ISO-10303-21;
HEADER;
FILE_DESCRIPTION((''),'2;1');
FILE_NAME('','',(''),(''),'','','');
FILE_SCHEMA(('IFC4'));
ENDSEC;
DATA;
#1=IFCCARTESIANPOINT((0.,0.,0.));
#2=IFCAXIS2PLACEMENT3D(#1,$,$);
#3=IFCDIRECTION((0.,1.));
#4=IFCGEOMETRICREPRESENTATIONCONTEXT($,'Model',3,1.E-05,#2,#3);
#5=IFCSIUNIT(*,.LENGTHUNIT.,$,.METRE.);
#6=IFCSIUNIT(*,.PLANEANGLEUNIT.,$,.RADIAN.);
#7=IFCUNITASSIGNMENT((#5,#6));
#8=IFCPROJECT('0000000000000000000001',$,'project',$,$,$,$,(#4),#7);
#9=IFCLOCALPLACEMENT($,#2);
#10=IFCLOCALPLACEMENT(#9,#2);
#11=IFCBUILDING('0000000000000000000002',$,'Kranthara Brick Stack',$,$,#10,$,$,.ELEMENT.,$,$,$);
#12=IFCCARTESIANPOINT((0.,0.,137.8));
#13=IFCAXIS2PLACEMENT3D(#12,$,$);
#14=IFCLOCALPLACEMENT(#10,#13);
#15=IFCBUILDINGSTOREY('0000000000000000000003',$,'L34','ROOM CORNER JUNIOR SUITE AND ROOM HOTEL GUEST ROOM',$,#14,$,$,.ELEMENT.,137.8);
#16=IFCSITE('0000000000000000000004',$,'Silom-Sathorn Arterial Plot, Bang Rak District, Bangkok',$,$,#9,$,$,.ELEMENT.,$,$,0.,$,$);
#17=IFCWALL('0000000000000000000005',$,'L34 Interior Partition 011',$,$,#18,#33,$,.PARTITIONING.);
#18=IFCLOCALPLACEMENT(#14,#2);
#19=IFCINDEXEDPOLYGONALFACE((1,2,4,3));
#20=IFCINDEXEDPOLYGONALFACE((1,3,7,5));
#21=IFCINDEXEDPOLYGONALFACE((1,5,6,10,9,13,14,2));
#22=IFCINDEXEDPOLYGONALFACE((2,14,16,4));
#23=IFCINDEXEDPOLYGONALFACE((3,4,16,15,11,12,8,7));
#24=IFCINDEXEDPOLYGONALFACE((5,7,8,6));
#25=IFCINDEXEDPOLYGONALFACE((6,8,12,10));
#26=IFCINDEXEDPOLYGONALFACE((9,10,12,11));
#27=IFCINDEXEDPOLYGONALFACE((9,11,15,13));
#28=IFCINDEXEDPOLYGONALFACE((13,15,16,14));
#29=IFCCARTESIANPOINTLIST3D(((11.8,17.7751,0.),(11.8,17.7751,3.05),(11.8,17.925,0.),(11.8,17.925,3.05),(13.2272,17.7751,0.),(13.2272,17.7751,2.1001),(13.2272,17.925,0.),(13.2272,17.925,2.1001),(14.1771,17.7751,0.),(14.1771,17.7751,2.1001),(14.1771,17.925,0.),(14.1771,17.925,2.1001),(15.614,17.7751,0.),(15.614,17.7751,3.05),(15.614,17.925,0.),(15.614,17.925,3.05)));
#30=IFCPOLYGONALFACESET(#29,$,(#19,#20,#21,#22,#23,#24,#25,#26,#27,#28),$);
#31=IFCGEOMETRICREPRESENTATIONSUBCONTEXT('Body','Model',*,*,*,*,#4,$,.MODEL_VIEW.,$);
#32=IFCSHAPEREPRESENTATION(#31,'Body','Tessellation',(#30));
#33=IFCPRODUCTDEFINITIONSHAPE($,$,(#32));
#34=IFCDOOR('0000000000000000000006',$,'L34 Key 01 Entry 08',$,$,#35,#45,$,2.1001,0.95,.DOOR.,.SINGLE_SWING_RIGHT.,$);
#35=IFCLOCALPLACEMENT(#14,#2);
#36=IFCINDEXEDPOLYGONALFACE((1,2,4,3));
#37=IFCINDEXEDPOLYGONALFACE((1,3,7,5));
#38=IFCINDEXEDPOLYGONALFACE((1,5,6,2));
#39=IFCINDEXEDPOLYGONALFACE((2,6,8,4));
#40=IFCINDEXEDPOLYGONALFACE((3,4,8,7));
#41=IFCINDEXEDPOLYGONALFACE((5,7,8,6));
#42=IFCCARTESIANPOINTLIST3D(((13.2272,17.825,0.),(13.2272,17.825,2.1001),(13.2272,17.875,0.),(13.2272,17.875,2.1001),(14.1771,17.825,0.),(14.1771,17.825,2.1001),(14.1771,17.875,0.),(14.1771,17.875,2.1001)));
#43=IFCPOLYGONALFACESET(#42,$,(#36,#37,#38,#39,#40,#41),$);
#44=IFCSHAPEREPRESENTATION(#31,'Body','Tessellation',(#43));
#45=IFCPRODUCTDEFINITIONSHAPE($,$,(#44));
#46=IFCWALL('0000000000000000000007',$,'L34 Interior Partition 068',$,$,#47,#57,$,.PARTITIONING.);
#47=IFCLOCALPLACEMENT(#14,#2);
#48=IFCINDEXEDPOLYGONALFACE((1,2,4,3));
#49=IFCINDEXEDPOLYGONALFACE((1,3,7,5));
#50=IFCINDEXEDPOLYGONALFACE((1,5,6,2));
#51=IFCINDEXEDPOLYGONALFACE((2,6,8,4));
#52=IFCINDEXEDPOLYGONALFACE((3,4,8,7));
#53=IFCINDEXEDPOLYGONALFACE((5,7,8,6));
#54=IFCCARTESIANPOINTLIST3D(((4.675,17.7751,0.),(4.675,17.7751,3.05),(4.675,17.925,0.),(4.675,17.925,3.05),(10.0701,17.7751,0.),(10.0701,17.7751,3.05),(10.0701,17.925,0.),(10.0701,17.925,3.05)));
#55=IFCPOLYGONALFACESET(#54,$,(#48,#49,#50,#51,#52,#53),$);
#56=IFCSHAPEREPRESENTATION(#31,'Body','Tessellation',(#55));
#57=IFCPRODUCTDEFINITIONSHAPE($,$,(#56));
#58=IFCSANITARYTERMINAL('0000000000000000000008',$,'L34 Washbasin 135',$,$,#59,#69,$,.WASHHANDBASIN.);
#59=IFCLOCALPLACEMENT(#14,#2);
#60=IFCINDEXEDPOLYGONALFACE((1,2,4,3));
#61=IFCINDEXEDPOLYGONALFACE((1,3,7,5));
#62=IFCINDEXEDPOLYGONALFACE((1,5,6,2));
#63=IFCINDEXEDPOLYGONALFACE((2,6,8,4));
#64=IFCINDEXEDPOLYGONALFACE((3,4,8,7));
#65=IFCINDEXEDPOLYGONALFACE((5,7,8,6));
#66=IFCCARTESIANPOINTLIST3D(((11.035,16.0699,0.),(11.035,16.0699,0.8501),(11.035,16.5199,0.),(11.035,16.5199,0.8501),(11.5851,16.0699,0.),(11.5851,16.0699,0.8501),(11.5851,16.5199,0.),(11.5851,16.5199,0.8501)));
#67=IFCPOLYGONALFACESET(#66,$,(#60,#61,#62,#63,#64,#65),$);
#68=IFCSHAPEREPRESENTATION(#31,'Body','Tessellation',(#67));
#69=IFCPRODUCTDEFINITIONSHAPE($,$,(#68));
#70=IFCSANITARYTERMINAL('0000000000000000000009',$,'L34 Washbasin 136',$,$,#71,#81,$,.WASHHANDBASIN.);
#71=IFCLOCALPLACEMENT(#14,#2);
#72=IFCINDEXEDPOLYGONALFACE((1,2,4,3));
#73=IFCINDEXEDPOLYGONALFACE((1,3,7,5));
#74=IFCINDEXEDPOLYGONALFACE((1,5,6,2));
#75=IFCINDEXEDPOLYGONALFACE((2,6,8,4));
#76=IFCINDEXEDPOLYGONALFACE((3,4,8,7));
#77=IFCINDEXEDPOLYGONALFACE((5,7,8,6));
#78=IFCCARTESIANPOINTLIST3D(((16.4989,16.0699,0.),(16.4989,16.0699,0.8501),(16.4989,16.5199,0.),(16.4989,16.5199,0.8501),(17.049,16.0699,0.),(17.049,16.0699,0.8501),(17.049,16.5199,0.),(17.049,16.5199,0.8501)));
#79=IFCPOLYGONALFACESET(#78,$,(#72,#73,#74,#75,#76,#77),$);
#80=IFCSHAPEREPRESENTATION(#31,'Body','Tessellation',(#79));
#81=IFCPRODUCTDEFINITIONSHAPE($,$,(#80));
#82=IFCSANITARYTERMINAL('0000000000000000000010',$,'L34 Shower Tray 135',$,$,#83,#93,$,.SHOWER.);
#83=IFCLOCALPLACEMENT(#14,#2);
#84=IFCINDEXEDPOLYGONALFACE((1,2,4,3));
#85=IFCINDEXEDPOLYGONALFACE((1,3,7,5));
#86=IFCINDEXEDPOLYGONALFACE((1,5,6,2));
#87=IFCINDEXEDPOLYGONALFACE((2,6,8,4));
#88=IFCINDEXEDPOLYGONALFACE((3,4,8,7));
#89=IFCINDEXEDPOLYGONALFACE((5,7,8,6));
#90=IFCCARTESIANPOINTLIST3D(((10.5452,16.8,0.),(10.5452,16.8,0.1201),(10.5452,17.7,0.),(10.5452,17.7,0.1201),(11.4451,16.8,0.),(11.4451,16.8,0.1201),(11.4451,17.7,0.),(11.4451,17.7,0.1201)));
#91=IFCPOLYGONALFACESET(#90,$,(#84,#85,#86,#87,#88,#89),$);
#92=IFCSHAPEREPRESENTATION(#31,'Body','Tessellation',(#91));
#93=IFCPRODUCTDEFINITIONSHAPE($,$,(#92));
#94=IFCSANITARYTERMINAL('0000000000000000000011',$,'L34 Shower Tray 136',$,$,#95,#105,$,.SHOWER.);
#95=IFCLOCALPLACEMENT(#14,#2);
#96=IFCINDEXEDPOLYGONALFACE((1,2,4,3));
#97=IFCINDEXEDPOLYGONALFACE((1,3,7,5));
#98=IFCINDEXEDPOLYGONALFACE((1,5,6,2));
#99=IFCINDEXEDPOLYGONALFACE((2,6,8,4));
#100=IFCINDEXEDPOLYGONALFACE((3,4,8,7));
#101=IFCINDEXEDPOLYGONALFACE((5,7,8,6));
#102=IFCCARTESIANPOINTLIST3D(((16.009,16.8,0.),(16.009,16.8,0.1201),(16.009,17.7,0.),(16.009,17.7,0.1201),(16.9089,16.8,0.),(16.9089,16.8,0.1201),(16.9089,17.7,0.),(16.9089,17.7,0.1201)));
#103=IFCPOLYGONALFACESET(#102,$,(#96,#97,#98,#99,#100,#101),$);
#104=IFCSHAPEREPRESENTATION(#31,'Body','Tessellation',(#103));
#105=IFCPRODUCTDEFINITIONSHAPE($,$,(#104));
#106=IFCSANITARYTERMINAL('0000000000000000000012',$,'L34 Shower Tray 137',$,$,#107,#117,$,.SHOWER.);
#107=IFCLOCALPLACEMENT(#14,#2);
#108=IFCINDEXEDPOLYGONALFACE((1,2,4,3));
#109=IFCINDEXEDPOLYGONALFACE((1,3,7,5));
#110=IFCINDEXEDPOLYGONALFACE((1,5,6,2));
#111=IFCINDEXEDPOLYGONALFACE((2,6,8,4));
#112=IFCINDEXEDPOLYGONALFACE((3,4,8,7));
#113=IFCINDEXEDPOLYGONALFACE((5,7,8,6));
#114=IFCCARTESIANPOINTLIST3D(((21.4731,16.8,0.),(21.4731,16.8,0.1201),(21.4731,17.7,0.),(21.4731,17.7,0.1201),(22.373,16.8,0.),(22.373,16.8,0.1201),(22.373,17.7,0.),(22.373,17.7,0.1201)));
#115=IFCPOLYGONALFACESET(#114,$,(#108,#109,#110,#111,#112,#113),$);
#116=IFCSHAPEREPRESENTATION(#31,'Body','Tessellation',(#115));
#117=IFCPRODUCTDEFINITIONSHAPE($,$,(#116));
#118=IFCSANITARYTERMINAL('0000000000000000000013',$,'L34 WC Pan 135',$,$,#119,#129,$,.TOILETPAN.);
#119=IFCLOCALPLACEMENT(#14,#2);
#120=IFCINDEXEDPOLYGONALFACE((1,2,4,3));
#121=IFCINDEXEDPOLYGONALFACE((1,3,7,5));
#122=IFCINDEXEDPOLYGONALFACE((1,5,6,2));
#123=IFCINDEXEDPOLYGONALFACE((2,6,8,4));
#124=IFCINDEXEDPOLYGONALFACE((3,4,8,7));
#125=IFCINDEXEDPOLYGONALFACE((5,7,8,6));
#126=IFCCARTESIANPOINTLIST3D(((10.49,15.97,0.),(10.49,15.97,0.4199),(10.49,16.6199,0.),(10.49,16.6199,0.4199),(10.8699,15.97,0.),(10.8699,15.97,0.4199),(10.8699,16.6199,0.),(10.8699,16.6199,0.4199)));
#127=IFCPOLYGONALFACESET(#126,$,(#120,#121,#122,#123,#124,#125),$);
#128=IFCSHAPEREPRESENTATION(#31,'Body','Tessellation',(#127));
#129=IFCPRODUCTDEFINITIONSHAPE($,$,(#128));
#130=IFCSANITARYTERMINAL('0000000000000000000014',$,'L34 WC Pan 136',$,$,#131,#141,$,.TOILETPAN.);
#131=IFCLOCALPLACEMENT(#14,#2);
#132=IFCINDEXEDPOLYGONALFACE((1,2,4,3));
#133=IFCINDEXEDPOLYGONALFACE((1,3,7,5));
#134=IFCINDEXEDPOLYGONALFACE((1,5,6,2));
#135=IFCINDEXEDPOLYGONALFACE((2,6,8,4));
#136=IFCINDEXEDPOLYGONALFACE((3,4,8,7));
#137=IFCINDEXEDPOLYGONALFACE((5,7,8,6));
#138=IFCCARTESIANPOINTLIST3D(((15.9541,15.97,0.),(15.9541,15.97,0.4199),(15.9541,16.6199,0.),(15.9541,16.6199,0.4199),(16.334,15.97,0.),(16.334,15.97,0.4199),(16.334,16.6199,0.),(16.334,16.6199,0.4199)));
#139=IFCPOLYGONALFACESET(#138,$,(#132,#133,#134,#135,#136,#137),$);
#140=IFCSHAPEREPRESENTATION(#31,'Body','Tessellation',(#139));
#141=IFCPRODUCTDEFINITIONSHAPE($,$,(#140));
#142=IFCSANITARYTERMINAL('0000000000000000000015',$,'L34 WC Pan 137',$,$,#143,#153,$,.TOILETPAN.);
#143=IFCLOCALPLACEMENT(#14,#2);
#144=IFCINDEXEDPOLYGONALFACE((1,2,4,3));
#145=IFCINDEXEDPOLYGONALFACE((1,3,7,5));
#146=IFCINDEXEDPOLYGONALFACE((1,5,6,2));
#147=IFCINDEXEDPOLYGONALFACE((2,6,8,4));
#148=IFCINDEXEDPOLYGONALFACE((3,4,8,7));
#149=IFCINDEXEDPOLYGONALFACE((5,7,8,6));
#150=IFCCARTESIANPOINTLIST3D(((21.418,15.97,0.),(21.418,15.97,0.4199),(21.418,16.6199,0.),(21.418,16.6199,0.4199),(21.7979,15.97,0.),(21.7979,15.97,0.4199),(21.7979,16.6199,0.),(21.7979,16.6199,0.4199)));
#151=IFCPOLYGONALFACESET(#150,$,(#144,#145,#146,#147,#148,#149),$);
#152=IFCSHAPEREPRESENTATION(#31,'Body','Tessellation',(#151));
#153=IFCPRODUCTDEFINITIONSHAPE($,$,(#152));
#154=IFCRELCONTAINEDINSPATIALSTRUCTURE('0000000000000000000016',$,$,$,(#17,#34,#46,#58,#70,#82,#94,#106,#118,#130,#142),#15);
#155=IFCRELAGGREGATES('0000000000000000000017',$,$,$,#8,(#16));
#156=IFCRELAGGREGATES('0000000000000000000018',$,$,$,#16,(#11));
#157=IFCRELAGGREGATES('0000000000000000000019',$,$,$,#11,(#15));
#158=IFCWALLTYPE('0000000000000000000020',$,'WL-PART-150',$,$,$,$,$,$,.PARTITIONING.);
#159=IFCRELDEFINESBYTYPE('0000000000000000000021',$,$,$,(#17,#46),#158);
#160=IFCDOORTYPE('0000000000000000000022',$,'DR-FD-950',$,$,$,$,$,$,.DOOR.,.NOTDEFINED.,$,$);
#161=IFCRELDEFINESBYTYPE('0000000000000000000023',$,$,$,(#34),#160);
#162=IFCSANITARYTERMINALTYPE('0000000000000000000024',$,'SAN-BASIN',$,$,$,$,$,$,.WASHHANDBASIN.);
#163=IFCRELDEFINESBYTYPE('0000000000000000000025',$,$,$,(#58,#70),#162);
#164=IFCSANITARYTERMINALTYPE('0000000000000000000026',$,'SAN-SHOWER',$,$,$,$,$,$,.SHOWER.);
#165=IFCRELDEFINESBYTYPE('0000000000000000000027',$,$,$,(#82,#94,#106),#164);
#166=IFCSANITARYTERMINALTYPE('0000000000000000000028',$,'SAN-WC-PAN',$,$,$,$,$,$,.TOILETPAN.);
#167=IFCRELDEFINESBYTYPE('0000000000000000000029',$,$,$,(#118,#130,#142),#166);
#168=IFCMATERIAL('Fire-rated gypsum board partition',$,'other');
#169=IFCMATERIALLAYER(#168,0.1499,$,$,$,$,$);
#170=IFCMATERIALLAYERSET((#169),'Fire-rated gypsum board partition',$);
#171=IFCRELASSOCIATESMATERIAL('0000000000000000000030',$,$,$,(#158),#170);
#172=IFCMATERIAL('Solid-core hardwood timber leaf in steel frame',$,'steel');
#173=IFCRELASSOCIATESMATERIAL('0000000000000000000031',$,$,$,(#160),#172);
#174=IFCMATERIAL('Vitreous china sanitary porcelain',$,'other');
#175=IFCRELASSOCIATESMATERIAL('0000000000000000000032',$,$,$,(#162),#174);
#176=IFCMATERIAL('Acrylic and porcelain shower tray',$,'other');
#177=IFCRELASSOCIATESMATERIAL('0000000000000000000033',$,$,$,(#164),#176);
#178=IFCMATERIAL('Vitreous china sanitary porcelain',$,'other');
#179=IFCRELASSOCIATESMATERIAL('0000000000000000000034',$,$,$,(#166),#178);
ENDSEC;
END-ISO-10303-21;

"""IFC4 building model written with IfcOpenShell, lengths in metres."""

from ifc_helpers import new_model, si_unit, direction, frame, frame_2d, origin, origin_2d, place, context, subcontext, project, spatial, rectangle, extrude, material, layer, layer_set, type_object, element, fill, save


model = new_model("IFC4")

# Units and contexts
model_context = context("Model", 3, precision=1e-05, world=origin(), true_north=direction((0.0, 1.0)))
body_context = subcontext(model_context, "Body", "Model", "MODEL_VIEW")
ifc_project = project(units=[si_unit("LENGTHUNIT", "METRE"), si_unit("PLANEANGLEUNIT", "RADIAN")], contexts=[model_context])

# Site, building, storey
site_placement = place(None, origin())
site = spatial("IfcSite", under=ifc_project, at=site_placement, Name="Silom-Sathorn Arterial Plot, Bang Rak District, Bangkok", CompositionType="ELEMENT", RefElevation=0.0)
building_placement = place(site_placement, origin())
building = spatial("IfcBuilding", under=site, at=building_placement, Name="Kranthara Brick Stack", CompositionType="ELEMENT")
storey_placement = place(building_placement, frame((0.0, 0.0, 137.8)))
storey = spatial("IfcBuildingStorey", under=building, at=storey_placement, Name="L34", Description="ROOM CORNER JUNIOR SUITE AND ROOM HOTEL GUEST ROOM", CompositionType="ELEMENT", Elevation=137.8)

# Shared definitions
ifc_material_1 = material(Name="Fire-rated gypsum board partition", Category="other")
ifc_layer_1 = layer(ifc_material_1, 0.1499)
ifc_layer_set_1 = layer_set([ifc_layer_1], Name="Fire-rated gypsum board partition")
wall_type_1 = type_object("IfcWallType", Name="WL-PART-150", PredefinedType="PARTITIONING", material=ifc_layer_set_1)

# Wall, opening, door
wall_1_placement = place(storey_placement, frame((11.8, 17.8501, 0.0), z_axis=(0.0, 0.0, 1.0), x_axis=(1.0, 0.0, 0.0)))
wall_1 = element("IfcWall", 1, at=wall_1_placement, inside=storey, type_object=wall_type_1, Name="L34 Interior Partition 011", PredefinedType="PARTITIONING", context=body_context, shape_type="SweptSolid", body=[
    extrude(rectangle(XDim=3.814, YDim=0.1499, at=frame_2d((1.907, 0.0))), origin(), (0.0, 0.0, 1.0), 3.05),
])
opening_1_placement = place(wall_1_placement, frame((1.427, 0.0, 0.0)))
opening_1 = element("IfcOpeningElement", 2, at=opening_1_placement, cuts=wall_1, PredefinedType="OPENING", context=body_context, shape_type="SweptSolid", body=[
    extrude(rectangle(XDim=0.95, YDim=2.1001, at=frame_2d((0.4751, 1.05))), frame((0.0, 0.085, 0.0), z_axis=(0.0, -1.0, 0.0), x_axis=(1.0, 0.0, 0.0)), (0.0, 0.0, 1.0), 0.1699),
])
ifc_material_2 = material(Name="Solid-core hardwood timber leaf in steel frame", Category="steel")
door_type_1 = type_object("IfcDoorType", Name="DR-FD-950", OperationType="NOTDEFINED", PredefinedType="DOOR", material=ifc_material_2)
door_1_placement = place(opening_1_placement, origin())
door_1 = element("IfcDoor", 3, at=door_1_placement, inside=storey, type_object=door_type_1, Name="L34 Key 01 Entry 08", OperationType="SINGLE_SWING_RIGHT", OverallHeight=2.1001, OverallWidth=0.95, PredefinedType="DOOR", context=body_context, shape_type="SweptSolid", body=[
    extrude(rectangle(XDim=0.95, YDim=2.1001, at=frame_2d((0.4751, 1.05))), frame((0.0, 0.0249, 0.0), z_axis=(0.0, -1.0, 0.0), x_axis=(1.0, 0.0, 0.0)), (0.0, 0.0, 1.0), 0.05),
])
fill(opening_1, door_1)

# Wall
wall_2_placement = place(storey_placement, frame((4.675, 17.8501, 0.0), z_axis=(0.0, 0.0, 1.0), x_axis=(1.0, 0.0, 0.0)))
element("IfcWall", 4, at=wall_2_placement, inside=storey, type_object=wall_type_1, Name="L34 Interior Partition 068", PredefinedType="PARTITIONING", context=body_context, shape_type="SweptSolid", body=[
    extrude(rectangle(XDim=5.395, YDim=0.1499, at=frame_2d((2.6975, 0.0))), origin(), (0.0, 0.0, 1.0), 3.05),
])

# Sanitary terminals
ifc_material_3 = material(Name="Vitreous china sanitary porcelain", Category="other")
sanitary_terminal_type_1 = type_object("IfcSanitaryTerminalType", Name="SAN-BASIN", PredefinedType="WASHHANDBASIN", material=ifc_material_3)
for number, where, z_axis, x_axis, name in (
    (5, (11.3101, 16.2949, 0.0), (0.0, 0.0, 1.0), (1.0, 0.0, 0.0), "L34 Washbasin 135"),
    (6, (16.7739, 16.2949, 0.0), (0.0, 0.0, 1.0), (1.0, 0.0, 0.0), "L34 Washbasin 136"),
):
    element("IfcSanitaryTerminal", number, at=place(storey_placement, frame(where, z_axis=z_axis, x_axis=x_axis)), inside=storey, type_object=sanitary_terminal_type_1, Name=name, PredefinedType="WASHHANDBASIN", context=body_context, shape_type="SweptSolid", body=[
        extrude(rectangle(XDim=0.55, YDim=0.45, at=origin_2d()), origin(), (0.0, 0.0, 1.0), 0.8501),
    ])
ifc_material_4 = material(Name="Acrylic and porcelain shower tray", Category="other")
sanitary_terminal_type_2 = type_object("IfcSanitaryTerminalType", Name="SAN-SHOWER", PredefinedType="SHOWER", material=ifc_material_4)
for number, where, z_axis, x_axis, name in (
    (7, (10.9951, 17.25, 0.0), (0.0, 0.0, 1.0), (1.0, 0.0, 0.0), "L34 Shower Tray 135"),
    (8, (16.459, 17.25, 0.0), (0.0, 0.0, 1.0), (1.0, 0.0, 0.0), "L34 Shower Tray 136"),
    (9, (21.9231, 17.25, 0.0), (0.0, 0.0, 1.0), (1.0, 0.0, 0.0), "L34 Shower Tray 137"),
):
    element("IfcSanitaryTerminal", number, at=place(storey_placement, frame(where, z_axis=z_axis, x_axis=x_axis)), inside=storey, type_object=sanitary_terminal_type_2, Name=name, PredefinedType="SHOWER", context=body_context, shape_type="SweptSolid", body=[
        extrude(rectangle(XDim=0.8999, YDim=0.8999, at=origin_2d()), origin(), (0.0, 0.0, 1.0), 0.1201),
    ])
ifc_material_5 = material(Name="Vitreous china sanitary porcelain", Category="other")
sanitary_terminal_type_3 = type_object("IfcSanitaryTerminalType", Name="SAN-WC-PAN", PredefinedType="TOILETPAN", material=ifc_material_5)
for number, where, z_axis, x_axis, name in (
    (10, (10.6799, 16.2949, 0.0), (0.0, 0.0, 1.0), (1.0, 0.0, 0.0), "L34 WC Pan 135"),
    (11, (16.144, 16.2949, 0.0), (0.0, 0.0, 1.0), (1.0, 0.0, 0.0), "L34 WC Pan 136"),
    (12, (21.6079, 16.2949, 0.0), (0.0, 0.0, 1.0), (1.0, 0.0, 0.0), "L34 WC Pan 137"),
):
    element("IfcSanitaryTerminal", number, at=place(storey_placement, frame(where, z_axis=z_axis, x_axis=x_axis)), inside=storey, type_object=sanitary_terminal_type_3, Name=name, PredefinedType="TOILETPAN", context=body_context, shape_type="SweptSolid", body=[
        extrude(rectangle(XDim=0.3799, YDim=0.6499, at=origin_2d()), origin(), (0.0, 0.0, 1.0), 0.4199),
    ])

save(model, "model.ifc")
